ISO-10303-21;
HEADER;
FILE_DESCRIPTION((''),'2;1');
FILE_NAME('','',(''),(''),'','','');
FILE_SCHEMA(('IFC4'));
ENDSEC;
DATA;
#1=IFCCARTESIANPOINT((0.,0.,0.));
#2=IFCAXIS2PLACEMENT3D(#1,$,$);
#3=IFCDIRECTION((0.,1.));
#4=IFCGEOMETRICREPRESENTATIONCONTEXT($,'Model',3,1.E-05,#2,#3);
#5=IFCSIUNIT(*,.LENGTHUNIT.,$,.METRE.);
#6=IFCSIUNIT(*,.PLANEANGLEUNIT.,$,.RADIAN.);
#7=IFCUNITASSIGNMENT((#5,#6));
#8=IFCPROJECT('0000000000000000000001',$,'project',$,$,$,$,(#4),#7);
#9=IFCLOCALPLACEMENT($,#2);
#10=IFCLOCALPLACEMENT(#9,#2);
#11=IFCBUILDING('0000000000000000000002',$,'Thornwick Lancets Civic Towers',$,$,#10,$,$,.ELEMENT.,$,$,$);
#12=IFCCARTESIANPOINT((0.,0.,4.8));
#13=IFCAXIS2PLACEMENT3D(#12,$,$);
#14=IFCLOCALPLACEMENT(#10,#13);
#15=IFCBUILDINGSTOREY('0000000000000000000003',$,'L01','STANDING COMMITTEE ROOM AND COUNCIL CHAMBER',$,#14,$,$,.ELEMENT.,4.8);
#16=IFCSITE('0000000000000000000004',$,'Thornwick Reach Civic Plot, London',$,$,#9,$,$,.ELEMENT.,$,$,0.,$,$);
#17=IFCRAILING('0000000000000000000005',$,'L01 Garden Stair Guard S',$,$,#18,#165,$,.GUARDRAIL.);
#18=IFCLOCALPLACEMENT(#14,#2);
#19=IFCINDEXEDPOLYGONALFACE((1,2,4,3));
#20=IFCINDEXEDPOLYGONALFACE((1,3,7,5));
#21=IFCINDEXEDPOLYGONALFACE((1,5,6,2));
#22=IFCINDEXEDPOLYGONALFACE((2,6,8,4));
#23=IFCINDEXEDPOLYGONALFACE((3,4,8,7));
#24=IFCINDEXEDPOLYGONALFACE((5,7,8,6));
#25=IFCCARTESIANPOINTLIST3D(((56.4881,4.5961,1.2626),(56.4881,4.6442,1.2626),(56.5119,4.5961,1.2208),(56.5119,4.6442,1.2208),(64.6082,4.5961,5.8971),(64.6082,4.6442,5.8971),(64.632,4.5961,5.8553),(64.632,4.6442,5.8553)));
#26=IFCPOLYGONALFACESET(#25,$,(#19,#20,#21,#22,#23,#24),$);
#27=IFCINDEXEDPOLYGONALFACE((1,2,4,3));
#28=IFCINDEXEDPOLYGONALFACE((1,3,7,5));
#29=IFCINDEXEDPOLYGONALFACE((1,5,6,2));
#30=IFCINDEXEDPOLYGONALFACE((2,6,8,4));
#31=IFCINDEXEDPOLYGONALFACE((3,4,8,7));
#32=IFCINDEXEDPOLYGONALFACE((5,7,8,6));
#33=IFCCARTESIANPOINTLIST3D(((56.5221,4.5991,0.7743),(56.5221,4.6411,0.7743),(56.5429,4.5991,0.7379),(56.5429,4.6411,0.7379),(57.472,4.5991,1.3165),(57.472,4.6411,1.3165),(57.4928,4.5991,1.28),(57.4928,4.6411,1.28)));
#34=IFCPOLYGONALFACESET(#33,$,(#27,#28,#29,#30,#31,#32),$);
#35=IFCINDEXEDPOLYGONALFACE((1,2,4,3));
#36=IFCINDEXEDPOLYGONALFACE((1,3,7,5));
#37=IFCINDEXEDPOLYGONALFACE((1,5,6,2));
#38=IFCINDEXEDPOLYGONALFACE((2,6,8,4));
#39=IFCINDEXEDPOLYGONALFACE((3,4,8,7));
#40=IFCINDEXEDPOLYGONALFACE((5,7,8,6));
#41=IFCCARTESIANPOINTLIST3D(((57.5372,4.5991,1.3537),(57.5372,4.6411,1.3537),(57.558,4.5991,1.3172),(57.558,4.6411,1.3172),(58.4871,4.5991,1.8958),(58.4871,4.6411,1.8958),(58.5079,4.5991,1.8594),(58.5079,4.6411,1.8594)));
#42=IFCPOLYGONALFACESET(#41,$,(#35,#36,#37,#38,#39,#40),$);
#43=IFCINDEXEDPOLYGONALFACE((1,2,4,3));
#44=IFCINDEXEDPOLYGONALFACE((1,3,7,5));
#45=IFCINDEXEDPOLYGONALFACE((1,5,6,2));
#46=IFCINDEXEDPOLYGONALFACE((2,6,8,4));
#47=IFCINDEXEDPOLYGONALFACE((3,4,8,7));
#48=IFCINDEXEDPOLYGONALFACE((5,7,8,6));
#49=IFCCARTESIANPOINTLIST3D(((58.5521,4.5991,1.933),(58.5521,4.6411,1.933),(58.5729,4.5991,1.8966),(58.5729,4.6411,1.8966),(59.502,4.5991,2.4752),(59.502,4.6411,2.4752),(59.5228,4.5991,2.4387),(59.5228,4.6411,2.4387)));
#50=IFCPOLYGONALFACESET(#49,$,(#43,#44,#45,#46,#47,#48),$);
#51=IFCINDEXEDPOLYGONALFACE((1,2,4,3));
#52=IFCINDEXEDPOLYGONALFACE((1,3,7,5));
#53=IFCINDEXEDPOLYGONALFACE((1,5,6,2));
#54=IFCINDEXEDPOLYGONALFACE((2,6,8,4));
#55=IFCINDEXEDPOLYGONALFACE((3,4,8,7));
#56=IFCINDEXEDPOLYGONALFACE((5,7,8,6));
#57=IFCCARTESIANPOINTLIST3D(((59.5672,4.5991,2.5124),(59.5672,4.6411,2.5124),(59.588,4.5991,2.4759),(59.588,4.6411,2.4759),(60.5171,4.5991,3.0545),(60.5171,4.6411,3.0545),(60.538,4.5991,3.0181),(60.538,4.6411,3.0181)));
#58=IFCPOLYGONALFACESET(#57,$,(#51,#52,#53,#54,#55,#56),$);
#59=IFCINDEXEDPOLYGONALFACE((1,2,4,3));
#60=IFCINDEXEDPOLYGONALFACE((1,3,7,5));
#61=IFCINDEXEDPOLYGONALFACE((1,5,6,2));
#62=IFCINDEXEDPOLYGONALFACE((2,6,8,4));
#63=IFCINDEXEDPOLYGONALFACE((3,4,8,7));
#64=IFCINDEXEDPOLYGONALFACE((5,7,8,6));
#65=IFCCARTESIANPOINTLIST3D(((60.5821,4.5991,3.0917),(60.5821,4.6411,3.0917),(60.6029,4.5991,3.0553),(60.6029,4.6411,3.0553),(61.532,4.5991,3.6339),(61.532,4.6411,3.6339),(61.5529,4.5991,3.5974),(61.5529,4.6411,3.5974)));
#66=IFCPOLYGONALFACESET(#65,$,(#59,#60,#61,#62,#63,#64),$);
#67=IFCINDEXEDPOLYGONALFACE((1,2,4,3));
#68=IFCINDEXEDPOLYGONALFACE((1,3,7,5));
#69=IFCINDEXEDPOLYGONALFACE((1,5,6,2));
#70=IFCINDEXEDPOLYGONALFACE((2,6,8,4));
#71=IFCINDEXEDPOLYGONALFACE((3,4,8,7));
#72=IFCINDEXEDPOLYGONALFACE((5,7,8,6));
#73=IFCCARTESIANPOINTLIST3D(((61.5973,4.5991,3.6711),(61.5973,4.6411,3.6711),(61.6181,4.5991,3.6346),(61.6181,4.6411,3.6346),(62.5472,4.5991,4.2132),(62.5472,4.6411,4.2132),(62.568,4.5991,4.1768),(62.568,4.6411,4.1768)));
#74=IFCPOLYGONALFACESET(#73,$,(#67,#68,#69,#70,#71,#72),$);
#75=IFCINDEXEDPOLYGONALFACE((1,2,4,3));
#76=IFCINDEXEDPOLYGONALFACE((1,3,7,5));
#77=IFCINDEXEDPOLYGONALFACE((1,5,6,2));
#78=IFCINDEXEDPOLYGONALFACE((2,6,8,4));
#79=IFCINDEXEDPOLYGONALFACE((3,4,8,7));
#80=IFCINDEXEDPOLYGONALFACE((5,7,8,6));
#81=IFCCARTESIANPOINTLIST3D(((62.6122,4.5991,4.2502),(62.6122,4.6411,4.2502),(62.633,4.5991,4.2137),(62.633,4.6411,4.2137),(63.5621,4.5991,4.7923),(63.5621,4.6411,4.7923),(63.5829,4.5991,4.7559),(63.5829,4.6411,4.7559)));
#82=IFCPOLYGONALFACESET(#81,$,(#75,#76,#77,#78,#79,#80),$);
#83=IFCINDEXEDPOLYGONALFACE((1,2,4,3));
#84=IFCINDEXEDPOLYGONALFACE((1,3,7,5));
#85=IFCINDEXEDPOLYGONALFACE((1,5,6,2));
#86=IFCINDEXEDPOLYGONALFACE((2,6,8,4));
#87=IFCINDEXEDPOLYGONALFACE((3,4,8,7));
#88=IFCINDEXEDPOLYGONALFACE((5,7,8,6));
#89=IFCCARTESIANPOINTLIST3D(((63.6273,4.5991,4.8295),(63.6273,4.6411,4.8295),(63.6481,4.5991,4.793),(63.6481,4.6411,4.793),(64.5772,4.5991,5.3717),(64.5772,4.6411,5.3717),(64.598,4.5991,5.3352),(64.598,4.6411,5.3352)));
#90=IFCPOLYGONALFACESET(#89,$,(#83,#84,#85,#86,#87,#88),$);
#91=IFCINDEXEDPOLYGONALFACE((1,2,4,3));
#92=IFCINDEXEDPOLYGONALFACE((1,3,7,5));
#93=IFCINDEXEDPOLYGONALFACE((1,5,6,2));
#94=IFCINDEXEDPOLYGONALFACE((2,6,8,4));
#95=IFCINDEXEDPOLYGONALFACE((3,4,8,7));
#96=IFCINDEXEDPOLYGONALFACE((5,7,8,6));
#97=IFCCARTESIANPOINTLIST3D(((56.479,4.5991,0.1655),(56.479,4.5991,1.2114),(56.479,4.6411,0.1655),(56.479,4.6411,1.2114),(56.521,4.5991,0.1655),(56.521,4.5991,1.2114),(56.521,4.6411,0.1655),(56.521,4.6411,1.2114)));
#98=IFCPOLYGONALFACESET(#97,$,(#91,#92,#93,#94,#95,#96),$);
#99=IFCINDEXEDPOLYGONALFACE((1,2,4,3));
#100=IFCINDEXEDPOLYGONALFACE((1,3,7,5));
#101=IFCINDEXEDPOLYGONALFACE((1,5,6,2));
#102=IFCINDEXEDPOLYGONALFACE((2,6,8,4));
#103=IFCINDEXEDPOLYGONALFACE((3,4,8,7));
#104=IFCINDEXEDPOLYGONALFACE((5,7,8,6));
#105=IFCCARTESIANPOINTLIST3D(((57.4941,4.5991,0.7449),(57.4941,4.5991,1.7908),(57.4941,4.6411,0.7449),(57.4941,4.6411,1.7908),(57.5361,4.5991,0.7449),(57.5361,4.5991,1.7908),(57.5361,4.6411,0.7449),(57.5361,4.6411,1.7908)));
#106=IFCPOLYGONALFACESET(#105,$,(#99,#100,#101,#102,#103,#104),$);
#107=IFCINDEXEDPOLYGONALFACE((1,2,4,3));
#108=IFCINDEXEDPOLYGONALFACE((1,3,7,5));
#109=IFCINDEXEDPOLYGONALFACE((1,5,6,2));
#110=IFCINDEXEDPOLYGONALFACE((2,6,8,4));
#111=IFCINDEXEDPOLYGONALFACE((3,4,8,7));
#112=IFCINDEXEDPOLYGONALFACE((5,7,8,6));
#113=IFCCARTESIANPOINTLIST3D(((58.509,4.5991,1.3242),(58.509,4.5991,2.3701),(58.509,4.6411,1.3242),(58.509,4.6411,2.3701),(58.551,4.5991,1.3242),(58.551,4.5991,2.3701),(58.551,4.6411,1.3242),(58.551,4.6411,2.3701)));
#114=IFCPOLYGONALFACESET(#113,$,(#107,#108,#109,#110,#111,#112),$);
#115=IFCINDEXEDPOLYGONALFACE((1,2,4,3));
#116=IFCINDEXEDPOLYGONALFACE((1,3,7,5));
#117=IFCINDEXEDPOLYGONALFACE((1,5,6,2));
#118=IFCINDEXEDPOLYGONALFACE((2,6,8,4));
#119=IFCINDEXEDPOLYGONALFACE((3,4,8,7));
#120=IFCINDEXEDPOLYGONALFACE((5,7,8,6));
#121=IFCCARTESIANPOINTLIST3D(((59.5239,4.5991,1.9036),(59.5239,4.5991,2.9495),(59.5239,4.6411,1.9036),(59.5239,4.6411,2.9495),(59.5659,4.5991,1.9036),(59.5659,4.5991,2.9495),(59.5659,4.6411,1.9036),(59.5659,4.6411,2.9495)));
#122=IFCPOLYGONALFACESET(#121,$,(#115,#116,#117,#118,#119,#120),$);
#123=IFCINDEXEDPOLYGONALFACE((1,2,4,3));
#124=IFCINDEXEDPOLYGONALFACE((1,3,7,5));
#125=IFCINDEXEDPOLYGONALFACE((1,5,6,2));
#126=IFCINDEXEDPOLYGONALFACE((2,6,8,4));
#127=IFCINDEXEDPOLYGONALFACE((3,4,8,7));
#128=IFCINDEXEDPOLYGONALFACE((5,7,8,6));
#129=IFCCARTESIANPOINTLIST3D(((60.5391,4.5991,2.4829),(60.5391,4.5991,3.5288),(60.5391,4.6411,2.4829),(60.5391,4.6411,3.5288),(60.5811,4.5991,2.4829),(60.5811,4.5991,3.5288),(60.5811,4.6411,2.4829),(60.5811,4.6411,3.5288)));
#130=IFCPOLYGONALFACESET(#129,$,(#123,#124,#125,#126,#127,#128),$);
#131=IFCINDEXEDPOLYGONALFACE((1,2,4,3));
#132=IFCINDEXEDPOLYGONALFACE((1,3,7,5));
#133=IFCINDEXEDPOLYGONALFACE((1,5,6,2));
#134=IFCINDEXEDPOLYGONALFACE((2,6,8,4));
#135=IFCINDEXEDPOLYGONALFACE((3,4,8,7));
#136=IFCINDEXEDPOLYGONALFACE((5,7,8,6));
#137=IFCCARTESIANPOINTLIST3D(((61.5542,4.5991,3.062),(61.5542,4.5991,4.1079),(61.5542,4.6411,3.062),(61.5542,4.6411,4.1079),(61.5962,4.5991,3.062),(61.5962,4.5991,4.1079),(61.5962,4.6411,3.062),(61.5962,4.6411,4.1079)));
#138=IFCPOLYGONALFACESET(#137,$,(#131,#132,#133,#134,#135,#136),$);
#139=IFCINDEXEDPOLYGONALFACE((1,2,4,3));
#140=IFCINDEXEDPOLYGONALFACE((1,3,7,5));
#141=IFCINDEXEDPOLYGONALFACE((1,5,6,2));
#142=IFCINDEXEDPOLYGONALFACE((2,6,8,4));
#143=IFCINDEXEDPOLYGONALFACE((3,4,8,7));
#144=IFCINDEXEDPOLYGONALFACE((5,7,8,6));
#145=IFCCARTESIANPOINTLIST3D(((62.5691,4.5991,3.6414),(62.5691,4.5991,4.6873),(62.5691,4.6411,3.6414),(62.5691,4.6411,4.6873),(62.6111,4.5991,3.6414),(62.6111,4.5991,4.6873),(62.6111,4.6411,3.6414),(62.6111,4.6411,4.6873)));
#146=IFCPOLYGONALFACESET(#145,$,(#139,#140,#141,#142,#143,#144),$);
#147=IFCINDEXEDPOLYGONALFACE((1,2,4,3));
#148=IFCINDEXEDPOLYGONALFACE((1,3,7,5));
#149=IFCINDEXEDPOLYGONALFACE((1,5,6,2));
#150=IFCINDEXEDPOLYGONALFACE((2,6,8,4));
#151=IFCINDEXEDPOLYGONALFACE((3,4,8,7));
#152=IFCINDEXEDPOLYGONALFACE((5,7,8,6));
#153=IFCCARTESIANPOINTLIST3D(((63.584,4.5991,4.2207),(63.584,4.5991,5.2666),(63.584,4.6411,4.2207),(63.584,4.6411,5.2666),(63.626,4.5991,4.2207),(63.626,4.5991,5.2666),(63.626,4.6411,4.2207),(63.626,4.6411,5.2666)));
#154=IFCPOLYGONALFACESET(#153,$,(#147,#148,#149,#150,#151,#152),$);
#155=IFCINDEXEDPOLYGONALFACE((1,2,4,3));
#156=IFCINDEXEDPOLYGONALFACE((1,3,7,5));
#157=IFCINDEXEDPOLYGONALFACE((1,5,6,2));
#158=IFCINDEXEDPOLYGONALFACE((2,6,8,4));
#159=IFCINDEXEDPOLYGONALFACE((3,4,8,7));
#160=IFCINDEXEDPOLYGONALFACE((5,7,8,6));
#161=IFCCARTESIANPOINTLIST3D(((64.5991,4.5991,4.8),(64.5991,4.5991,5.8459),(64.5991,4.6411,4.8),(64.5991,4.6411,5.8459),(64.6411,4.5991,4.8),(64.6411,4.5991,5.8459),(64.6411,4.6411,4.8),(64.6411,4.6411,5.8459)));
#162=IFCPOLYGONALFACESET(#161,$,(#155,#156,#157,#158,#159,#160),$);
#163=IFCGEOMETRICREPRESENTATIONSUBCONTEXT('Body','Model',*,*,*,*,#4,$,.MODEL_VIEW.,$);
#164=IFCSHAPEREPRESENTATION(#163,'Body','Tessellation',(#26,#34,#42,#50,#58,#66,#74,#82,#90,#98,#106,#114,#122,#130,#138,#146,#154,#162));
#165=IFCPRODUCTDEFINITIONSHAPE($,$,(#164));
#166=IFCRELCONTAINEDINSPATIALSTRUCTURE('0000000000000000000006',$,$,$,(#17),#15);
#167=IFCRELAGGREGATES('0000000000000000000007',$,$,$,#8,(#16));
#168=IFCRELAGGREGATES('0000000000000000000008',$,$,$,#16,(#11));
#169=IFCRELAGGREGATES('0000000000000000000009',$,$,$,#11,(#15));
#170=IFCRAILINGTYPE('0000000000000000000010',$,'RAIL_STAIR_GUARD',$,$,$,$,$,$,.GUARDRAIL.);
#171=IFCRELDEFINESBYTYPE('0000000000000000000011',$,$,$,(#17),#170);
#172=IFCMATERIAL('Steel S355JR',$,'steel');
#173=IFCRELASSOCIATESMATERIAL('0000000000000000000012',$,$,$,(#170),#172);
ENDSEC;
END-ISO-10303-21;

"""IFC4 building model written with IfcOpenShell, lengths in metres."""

from ifc_helpers import new_model, si_unit, direction, frame, origin, origin_2d, place, context, subcontext, project, spatial, rectangle, extrude, material, type_object, element, save


model = new_model("IFC4")

# Units and contexts
model_context = context("Model", 3, precision=1e-05, world=origin(), true_north=direction((0.0, 1.0)))
body_context = subcontext(model_context, "Body", "Model", "MODEL_VIEW")
ifc_project = project(units=[si_unit("LENGTHUNIT", "METRE"), si_unit("PLANEANGLEUNIT", "RADIAN")], contexts=[model_context])

# Site, building, storey
site_placement = place(None, origin())
site = spatial("IfcSite", under=ifc_project, at=site_placement, Name="Thornwick Reach Civic Plot, London", CompositionType="ELEMENT", RefElevation=0.0)
building_placement = place(site_placement, origin())
building = spatial("IfcBuilding", under=site, at=building_placement, Name="Thornwick Lancets Civic Towers", CompositionType="ELEMENT")
storey_placement = place(building_placement, frame((0.0, 0.0, 4.8)))
storey = spatial("IfcBuildingStorey", under=building, at=storey_placement, Name="L01", Description="STANDING COMMITTEE ROOM AND COUNCIL CHAMBER", CompositionType="ELEMENT", Elevation=4.8)

# Shared definitions
ifc_material_1 = material(Name="Steel S355JR", Category="steel")

# Railing
railing_type = type_object("IfcRailingType", Name="RAIL_STAIR_GUARD", PredefinedType="GUARDRAIL", material=ifc_material_1)
railing_1_placement = place(storey_placement, frame((56.5, 4.6201, 0.1655)))
element("IfcRailing", 1, at=railing_1_placement, inside=storey, type_object=railing_type, Name="L01 Garden Stair Guard S", PredefinedType="GUARDRAIL", context=body_context, shape_type="SweptSolid", body=[
    extrude(rectangle(XDim=0.0481, YDim=0.0481, at=origin_2d()), frame((0.0, 0.0, 1.0762), z_axis=(0.868499, 0.0, 0.495692), x_axis=(0.0, 1.0, 0.0)), (0.0, 0.0, 1.0), 9.3496),
    extrude(rectangle(XDim=0.042, YDim=0.042, at=origin_2d()), frame((0.0325, 0.0, 0.5906), z_axis=(0.868499, 0.0, 0.495692), x_axis=(0.0, 1.0, 0.0)), (0.0, 0.0, 1.0), 1.0938),
    extrude(rectangle(XDim=0.042, YDim=0.042, at=origin_2d()), frame((1.0476, 0.0, 1.1699), z_axis=(0.868499, 0.0, 0.495692), x_axis=(0.0, 1.0, 0.0)), (0.0, 0.0, 1.0), 1.0938),
    extrude(rectangle(XDim=0.042, YDim=0.042, at=origin_2d()), frame((2.0625, 0.0, 1.7493), z_axis=(0.868499, 0.0, 0.495692), x_axis=(0.0, 1.0, 0.0)), (0.0, 0.0, 1.0), 1.0938),
    extrude(rectangle(XDim=0.042, YDim=0.042, at=origin_2d()), frame((3.0776, 0.0, 2.3286), z_axis=(0.868499, 0.0, 0.495692), x_axis=(0.0, 1.0, 0.0)), (0.0, 0.0, 1.0), 1.0938),
    extrude(rectangle(XDim=0.042, YDim=0.042, at=origin_2d()), frame((4.0925, 0.0, 2.908), z_axis=(0.868499, 0.0, 0.495692), x_axis=(0.0, 1.0, 0.0)), (0.0, 0.0, 1.0), 1.0938),
    extrude(rectangle(XDim=0.042, YDim=0.042, at=origin_2d()), frame((5.1077, 0.0, 3.4873), z_axis=(0.868499, 0.0, 0.495692), x_axis=(0.0, 1.0, 0.0)), (0.0, 0.0, 1.0), 1.0938),
    extrude(rectangle(XDim=0.042, YDim=0.042, at=origin_2d()), frame((6.1226, 0.0, 4.0664), z_axis=(0.868499, 0.0, 0.495692), x_axis=(0.0, 1.0, 0.0)), (0.0, 0.0, 1.0), 1.0938),
    extrude(rectangle(XDim=0.042, YDim=0.042, at=origin_2d()), frame((7.1377, 0.0, 4.6458), z_axis=(0.868499, 0.0, 0.495692), x_axis=(0.0, 1.0, 0.0)), (0.0, 0.0, 1.0), 1.0938),
    extrude(rectangle(XDim=0.042, YDim=0.042, at=origin_2d()), origin(), (0.0, 0.0, 1.0), 1.0459),
    extrude(rectangle(XDim=0.042, YDim=0.042, at=origin_2d()), frame((1.0151, 0.0, 0.5793)), (0.0, 0.0, 1.0), 1.0459),
    extrude(rectangle(XDim=0.042, YDim=0.042, at=origin_2d()), frame((2.03, 0.0, 1.1587)), (0.0, 0.0, 1.0), 1.0459),
    extrude(rectangle(XDim=0.042, YDim=0.042, at=origin_2d()), frame((3.0449, 0.0, 1.738)), (0.0, 0.0, 1.0), 1.0459),
    extrude(rectangle(XDim=0.042, YDim=0.042, at=origin_2d()), frame((4.0601, 0.0, 2.3174)), (0.0, 0.0, 1.0), 1.0459),
    extrude(rectangle(XDim=0.042, YDim=0.042, at=origin_2d()), frame((5.0752, 0.0, 2.8965)), (0.0, 0.0, 1.0), 1.0459),
    extrude(rectangle(XDim=0.042, YDim=0.042, at=origin_2d()), frame((6.0901, 0.0, 3.4758)), (0.0, 0.0, 1.0), 1.0459),
    extrude(rectangle(XDim=0.042, YDim=0.042, at=origin_2d()), frame((7.105, 0.0, 4.0552)), (0.0, 0.0, 1.0), 1.0459),
    extrude(rectangle(XDim=0.042, YDim=0.042, at=origin_2d()), frame((8.1201, 0.0, 4.6345)), (0.0, 0.0, 1.0), 1.0459),
])

save(model, "model.ifc")
